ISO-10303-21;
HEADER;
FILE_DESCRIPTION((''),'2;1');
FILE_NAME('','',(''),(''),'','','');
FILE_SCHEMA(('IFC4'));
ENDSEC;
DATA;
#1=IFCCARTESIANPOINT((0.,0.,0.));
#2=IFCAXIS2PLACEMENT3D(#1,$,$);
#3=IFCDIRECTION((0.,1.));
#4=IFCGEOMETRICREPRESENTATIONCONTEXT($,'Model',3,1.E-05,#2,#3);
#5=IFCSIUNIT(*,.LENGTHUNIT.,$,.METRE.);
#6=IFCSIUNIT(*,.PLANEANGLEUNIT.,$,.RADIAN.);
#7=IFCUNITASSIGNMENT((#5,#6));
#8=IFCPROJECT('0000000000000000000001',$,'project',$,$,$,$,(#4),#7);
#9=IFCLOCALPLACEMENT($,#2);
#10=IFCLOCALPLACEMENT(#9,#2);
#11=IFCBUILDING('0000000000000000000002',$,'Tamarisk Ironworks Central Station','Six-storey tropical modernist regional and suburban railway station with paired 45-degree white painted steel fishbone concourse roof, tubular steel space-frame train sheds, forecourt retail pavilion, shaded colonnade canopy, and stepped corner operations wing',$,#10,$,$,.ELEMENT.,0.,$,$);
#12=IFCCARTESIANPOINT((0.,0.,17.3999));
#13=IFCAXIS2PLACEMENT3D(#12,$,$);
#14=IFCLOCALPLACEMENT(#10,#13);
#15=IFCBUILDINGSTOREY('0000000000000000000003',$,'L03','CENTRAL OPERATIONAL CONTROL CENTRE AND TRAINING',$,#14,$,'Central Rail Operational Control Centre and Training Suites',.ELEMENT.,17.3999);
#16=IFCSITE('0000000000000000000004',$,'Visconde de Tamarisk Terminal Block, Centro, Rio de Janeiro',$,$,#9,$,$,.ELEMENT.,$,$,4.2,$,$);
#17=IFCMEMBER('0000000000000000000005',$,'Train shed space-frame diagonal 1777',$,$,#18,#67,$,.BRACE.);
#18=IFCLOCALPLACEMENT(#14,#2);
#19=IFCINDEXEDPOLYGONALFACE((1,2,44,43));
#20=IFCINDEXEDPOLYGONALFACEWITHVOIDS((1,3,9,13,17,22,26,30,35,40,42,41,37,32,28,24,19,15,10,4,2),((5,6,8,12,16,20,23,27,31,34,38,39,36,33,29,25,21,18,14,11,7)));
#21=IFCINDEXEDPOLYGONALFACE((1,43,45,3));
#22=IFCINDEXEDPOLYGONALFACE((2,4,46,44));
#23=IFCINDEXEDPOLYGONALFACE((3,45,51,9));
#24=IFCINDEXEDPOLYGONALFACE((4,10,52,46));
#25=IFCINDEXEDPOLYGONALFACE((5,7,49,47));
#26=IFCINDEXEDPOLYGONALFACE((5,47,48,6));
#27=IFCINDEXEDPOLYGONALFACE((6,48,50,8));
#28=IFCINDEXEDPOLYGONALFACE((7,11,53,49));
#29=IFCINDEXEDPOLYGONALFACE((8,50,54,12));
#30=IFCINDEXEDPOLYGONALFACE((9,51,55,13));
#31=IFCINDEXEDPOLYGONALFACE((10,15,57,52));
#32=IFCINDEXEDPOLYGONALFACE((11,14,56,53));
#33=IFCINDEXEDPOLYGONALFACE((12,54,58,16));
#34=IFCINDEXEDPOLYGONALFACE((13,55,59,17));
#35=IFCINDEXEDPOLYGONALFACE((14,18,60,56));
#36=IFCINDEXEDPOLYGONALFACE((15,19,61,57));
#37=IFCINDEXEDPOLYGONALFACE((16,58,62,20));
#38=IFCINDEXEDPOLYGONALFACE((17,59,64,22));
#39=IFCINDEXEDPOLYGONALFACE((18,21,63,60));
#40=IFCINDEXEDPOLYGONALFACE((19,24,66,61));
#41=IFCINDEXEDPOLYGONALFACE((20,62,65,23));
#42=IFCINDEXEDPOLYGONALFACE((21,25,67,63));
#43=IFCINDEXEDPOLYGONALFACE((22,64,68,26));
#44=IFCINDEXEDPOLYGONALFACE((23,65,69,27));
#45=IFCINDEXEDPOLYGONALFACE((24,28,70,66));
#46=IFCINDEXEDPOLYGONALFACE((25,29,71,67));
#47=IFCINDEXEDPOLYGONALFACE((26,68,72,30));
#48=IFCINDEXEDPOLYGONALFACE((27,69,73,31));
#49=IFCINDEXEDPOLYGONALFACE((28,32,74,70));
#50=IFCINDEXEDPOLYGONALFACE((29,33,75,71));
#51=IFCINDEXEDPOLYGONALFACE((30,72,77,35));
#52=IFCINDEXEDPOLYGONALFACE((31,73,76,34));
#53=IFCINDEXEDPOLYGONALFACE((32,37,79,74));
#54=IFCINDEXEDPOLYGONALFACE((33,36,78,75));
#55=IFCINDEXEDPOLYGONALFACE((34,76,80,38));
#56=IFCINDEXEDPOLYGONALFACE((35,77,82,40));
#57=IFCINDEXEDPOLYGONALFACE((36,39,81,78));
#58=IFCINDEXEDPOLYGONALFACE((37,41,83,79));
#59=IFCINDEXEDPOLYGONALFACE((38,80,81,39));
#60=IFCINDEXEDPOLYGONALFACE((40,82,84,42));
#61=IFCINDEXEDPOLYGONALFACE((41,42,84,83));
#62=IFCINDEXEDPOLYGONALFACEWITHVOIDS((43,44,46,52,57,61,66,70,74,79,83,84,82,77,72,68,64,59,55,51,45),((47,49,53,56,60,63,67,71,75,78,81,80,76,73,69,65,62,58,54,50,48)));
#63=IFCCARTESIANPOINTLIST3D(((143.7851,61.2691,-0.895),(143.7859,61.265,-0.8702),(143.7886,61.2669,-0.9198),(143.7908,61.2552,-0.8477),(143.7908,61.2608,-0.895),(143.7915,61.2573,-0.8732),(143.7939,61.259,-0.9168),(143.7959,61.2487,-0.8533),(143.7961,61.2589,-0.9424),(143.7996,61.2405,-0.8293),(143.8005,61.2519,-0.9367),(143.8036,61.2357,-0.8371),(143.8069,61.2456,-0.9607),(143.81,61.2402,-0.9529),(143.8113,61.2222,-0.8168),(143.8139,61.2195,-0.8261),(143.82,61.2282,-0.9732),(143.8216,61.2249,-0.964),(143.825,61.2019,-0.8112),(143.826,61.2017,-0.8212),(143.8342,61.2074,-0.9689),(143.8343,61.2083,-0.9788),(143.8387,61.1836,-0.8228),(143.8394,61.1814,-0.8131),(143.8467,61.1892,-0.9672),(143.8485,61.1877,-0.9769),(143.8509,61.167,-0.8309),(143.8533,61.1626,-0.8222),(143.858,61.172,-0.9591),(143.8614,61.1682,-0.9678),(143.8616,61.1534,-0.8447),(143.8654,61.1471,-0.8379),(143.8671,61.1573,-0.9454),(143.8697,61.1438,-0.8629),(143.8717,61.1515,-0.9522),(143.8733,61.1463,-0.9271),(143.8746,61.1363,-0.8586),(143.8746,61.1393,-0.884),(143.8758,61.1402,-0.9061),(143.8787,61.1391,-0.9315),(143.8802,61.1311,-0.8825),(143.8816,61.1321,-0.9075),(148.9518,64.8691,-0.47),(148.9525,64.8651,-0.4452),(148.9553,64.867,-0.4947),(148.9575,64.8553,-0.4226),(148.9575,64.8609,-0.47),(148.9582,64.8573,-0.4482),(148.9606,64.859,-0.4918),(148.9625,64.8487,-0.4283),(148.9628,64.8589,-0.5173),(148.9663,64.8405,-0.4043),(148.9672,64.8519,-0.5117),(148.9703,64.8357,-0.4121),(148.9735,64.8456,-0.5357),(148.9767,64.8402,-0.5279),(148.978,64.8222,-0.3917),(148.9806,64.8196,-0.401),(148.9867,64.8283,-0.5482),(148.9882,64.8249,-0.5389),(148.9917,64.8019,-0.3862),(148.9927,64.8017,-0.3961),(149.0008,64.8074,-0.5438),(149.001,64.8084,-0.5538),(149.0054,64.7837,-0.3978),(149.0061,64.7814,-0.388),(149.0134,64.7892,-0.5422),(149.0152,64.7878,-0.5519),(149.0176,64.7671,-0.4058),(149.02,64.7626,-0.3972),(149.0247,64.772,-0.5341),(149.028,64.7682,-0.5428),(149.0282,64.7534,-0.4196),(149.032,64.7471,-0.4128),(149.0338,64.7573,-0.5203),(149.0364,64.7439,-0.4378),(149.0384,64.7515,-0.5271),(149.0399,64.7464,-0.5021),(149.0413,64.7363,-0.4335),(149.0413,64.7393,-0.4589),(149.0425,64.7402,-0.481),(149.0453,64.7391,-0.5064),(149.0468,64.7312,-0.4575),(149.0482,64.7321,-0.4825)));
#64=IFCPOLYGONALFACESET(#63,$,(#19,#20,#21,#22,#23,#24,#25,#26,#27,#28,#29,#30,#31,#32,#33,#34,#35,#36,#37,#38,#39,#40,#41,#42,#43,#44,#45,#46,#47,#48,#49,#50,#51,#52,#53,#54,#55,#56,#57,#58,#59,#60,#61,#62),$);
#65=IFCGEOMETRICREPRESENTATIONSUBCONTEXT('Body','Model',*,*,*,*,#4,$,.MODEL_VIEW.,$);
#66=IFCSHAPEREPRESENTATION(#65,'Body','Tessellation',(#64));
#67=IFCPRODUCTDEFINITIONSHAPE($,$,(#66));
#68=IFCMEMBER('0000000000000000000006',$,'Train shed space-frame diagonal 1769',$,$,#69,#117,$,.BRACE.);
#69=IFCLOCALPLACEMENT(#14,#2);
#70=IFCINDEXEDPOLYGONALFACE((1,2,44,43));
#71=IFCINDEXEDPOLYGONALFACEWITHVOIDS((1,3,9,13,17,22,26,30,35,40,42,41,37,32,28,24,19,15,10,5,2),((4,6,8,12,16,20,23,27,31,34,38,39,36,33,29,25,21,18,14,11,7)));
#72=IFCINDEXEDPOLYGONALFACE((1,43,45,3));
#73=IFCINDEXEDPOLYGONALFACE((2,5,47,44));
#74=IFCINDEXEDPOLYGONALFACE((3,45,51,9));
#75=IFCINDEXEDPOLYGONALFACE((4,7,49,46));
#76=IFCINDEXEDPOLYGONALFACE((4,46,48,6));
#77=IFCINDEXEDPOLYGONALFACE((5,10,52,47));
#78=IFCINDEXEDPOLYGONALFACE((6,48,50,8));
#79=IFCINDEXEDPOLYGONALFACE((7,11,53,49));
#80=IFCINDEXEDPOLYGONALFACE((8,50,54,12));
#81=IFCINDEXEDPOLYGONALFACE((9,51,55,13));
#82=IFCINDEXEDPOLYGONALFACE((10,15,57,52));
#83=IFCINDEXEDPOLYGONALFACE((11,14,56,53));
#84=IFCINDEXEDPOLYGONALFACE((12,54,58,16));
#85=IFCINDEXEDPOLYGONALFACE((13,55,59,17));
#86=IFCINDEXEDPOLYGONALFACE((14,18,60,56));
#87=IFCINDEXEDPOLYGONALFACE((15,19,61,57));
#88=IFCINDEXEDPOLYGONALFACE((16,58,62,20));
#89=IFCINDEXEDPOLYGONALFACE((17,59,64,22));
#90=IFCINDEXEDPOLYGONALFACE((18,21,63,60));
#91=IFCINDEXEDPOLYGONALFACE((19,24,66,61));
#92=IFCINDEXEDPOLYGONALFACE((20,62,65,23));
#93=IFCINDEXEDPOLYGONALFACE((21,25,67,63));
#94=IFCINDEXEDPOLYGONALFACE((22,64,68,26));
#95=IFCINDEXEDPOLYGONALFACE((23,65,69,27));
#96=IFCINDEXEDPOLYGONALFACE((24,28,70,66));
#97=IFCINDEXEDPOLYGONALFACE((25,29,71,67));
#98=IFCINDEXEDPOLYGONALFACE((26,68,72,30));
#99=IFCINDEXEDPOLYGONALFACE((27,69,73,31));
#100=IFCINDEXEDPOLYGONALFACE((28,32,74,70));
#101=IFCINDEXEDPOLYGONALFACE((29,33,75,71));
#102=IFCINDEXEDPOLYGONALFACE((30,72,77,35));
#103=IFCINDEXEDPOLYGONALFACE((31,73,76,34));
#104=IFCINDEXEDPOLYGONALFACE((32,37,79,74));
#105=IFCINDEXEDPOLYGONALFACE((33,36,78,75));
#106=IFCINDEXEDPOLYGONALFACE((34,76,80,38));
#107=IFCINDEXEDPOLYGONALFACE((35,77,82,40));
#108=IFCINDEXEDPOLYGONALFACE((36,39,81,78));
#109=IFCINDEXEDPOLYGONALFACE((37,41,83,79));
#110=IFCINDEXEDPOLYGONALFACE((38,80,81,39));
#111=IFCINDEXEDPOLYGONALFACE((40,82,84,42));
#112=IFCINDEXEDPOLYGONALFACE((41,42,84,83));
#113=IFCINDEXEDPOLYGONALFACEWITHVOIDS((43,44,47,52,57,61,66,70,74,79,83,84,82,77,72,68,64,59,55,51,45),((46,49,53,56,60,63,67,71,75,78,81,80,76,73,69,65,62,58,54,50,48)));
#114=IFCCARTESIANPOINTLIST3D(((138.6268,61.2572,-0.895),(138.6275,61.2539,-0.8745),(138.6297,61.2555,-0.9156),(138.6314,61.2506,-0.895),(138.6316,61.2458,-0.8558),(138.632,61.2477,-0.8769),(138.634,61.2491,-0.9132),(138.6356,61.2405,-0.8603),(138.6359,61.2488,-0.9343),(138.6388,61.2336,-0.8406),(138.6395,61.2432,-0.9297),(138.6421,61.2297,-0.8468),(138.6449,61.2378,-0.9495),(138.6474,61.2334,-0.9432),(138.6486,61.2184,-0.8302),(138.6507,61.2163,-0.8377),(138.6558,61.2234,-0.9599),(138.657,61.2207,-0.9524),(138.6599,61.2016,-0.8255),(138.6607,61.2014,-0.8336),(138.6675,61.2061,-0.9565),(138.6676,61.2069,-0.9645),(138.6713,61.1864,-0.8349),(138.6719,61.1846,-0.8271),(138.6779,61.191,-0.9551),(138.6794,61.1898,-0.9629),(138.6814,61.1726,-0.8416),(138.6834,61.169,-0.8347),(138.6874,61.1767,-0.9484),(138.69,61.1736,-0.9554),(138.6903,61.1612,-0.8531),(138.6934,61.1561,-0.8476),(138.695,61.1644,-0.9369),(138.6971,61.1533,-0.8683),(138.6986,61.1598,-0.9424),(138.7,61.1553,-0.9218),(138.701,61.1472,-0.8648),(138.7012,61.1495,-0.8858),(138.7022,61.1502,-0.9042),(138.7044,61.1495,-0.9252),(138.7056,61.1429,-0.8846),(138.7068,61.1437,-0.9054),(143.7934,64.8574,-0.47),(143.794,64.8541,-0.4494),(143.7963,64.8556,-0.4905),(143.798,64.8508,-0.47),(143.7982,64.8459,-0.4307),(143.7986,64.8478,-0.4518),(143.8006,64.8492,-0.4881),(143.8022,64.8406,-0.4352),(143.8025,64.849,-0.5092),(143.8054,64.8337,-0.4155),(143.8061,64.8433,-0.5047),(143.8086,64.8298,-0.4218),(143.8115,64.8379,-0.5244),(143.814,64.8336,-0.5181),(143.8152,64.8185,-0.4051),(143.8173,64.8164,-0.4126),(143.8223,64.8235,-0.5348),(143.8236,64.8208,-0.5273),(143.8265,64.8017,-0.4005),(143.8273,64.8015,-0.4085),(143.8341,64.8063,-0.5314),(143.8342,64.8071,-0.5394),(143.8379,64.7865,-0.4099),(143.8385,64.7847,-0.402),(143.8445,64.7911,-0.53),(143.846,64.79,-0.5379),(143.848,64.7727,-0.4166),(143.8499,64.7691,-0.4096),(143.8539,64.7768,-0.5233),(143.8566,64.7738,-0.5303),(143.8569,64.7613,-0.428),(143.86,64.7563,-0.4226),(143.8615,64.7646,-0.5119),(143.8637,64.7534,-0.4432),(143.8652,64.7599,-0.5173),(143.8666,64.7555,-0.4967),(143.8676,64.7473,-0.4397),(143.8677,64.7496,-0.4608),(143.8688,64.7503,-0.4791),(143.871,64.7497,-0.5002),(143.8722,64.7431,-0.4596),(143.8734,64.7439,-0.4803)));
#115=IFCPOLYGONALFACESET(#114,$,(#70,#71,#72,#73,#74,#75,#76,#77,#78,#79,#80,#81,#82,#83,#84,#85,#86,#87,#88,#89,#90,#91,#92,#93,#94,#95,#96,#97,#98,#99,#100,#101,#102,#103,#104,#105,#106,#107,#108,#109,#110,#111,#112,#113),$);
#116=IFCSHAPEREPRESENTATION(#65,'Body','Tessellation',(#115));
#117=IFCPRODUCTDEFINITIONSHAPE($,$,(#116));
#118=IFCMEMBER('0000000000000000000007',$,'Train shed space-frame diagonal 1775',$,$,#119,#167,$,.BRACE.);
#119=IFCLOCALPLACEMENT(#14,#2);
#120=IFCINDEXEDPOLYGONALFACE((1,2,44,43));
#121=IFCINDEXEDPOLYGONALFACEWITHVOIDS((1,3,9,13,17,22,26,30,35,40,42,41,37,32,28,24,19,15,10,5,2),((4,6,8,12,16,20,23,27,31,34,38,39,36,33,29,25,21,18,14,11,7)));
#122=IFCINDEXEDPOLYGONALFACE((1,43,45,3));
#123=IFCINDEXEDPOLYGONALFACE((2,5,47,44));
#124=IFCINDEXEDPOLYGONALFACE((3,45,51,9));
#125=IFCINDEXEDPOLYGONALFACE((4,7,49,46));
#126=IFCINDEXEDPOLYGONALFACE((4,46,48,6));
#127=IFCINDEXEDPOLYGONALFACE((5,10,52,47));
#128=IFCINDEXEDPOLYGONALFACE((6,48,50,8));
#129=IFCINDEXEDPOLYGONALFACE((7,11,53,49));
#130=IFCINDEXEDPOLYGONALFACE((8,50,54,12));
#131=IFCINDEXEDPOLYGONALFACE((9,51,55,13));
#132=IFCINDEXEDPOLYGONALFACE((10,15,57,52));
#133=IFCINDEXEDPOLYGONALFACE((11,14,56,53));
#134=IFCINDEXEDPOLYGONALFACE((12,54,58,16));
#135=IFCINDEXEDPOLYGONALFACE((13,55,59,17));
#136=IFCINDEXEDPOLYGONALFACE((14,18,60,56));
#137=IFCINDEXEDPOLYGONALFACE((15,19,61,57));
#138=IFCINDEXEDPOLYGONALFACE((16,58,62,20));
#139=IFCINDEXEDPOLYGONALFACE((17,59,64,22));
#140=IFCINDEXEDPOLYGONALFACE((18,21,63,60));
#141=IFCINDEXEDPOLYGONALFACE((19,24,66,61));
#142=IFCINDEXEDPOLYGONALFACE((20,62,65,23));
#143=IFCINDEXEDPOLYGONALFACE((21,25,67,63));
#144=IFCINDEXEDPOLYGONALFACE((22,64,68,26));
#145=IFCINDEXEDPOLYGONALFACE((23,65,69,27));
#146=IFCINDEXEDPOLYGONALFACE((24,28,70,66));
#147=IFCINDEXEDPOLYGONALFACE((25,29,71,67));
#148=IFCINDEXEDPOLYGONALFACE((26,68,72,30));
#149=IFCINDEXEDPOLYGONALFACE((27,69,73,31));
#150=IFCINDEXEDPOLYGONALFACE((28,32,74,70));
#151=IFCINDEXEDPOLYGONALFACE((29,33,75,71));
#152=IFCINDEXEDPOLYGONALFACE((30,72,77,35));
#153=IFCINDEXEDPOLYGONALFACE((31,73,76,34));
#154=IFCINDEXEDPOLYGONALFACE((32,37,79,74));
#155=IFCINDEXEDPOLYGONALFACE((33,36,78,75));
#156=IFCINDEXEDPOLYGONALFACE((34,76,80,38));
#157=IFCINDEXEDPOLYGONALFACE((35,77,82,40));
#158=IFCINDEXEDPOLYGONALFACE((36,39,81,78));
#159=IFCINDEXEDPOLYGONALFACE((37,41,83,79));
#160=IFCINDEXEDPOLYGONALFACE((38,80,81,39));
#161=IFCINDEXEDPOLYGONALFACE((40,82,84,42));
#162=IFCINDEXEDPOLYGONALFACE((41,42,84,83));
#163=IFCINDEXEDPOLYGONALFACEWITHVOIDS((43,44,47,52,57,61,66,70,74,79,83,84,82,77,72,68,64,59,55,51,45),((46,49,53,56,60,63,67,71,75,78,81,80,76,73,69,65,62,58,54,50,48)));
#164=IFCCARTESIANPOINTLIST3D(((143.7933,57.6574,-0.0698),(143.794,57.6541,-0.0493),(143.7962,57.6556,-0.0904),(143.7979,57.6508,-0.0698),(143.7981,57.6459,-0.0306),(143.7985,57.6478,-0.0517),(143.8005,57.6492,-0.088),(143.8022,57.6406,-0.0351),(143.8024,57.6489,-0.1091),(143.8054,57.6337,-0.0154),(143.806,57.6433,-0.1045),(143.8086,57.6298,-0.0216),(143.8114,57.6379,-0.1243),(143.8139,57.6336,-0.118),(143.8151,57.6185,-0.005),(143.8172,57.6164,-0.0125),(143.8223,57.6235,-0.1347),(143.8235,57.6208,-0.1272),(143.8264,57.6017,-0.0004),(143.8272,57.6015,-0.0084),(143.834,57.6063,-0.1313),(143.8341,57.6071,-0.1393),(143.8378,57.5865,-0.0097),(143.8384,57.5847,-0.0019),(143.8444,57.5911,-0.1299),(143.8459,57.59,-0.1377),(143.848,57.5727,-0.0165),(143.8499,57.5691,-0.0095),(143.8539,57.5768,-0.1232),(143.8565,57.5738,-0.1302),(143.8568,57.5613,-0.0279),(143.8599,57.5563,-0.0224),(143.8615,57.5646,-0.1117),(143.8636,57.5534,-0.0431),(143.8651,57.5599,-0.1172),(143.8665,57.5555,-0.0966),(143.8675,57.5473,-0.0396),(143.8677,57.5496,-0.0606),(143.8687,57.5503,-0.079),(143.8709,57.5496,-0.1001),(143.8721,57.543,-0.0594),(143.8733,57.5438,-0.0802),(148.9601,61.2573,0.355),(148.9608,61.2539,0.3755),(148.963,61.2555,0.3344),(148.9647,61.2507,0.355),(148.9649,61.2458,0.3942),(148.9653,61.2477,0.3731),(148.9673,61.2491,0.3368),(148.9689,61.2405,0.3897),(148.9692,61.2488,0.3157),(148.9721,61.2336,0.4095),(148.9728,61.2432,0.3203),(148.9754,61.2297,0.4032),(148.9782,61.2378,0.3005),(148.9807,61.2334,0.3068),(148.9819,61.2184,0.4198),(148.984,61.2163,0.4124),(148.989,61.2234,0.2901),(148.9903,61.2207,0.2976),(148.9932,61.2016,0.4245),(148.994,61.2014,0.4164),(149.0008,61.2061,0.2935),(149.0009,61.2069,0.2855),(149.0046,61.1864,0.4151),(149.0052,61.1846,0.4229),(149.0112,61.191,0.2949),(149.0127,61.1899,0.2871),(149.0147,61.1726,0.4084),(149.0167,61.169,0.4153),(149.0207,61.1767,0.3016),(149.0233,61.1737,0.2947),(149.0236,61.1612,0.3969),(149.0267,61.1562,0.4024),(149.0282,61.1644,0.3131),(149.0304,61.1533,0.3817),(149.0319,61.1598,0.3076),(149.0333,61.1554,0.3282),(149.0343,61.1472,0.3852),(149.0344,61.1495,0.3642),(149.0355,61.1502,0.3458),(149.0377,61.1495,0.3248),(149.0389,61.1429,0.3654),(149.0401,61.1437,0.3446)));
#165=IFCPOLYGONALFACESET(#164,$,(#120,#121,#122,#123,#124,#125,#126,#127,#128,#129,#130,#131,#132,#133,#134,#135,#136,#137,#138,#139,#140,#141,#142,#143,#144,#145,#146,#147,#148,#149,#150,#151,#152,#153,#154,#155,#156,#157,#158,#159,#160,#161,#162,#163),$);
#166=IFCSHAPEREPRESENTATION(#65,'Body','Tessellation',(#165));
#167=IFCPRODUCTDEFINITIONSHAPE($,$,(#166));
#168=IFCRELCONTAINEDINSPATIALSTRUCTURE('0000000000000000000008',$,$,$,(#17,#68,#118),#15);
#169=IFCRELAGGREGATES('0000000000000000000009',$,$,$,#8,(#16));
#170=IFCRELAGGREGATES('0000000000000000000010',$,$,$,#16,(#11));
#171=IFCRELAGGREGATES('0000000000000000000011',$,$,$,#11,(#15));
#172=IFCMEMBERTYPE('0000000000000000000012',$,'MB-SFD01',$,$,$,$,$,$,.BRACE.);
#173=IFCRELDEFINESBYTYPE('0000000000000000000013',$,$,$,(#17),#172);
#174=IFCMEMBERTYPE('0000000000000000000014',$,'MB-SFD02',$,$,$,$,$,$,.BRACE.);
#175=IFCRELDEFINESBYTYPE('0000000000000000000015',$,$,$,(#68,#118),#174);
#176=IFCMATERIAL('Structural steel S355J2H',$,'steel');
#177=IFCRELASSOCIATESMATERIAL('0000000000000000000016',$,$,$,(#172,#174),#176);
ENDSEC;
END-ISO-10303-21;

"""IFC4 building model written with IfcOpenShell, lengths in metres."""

from ifc_helpers import new_model, si_unit, direction, frame, origin, origin_2d, place, context, subcontext, project, spatial, hollow_circle, extrude, material, material_profile, profile_set, type_object, element, save


model = new_model("IFC4")

# Units and contexts
model_context = context("Model", 3, precision=1e-05, world=origin(), true_north=direction((0.0, 1.0)))
body_context = subcontext(model_context, "Body", "Model", "MODEL_VIEW")
ifc_project = project(units=[si_unit("LENGTHUNIT", "METRE"), si_unit("PLANEANGLEUNIT", "RADIAN")], contexts=[model_context])

# Site, building, storey
site_placement = place(None, origin())
site = spatial("IfcSite", under=ifc_project, at=site_placement, Name="Visconde de Tamarisk Terminal Block, Centro, Rio de Janeiro", CompositionType="ELEMENT", RefElevation=4.2)
building_placement = place(site_placement, origin())
building = spatial("IfcBuilding", under=site, at=building_placement, Name="Tamarisk Ironworks Central Station", Description="Six-storey tropical modernist regional and suburban railway station with paired 45-degree white painted steel fishbone concourse roof, tubular steel space-frame train sheds, forecourt retail pavilion, shaded colonnade canopy, and stepped corner operations wing", CompositionType="ELEMENT", ElevationOfRefHeight=0.0)
storey_placement = place(building_placement, frame((0.0, 0.0, 17.3999)))
storey = spatial("IfcBuildingStorey", under=building, at=storey_placement, Name="L03", Description="CENTRAL OPERATIONAL CONTROL CENTRE AND TRAINING", LongName="Central Rail Operational Control Centre and Training Suites", CompositionType="ELEMENT", Elevation=17.3999)

# Members
ifc_material = material(Name="Structural steel S355J2H", Category="steel")
ifc_material_profile_1 = material_profile(ifc_material, hollow_circle(Radius=0.0842, WallThickness=0.01, at=origin_2d()), Name="CHS 168.3x10")
ifc_profile_set_1 = profile_set([ifc_material_profile_1], Name="Structural steel S355J2H")
member_type_1 = type_object("IfcMemberType", Name="MB-SFD01", PredefinedType="BRACE", material=ifc_profile_set_1)
member_1_placement = place(storey_placement, frame((143.8333, 61.2, -0.895), z_axis=(0.818608, 0.570391, 0.067344), x_axis=(-0.571689, 0.82047, 0.0)))
element("IfcMember", 1, at=member_1_placement, inside=storey, type_object=member_type_1, Name="Train shed space-frame diagonal 1777", PredefinedType="BRACE", context=body_context, shape_type="SweptSolid", body=[
    extrude(hollow_circle(Radius=0.0842, WallThickness=0.01, at=origin_2d()), origin(), (0.0, 0.0, 1.0), 6.3115),
])
ifc_material_profile_2 = material_profile(ifc_material, hollow_circle(Radius=0.0698, WallThickness=0.0081, at=origin_2d()), Name="CHS 139.7x8")
ifc_profile_set_2 = profile_set([ifc_material_profile_2], Name="Structural steel S355J2H")
member_type_2 = type_object("IfcMemberType", Name="MB-SFD02", PredefinedType="BRACE", material=ifc_profile_set_2)
for number, where, z_axis, x_axis, name in (
    (2, (138.6667, 61.2, -0.895), (0.818595, 0.570409, 0.067346), (-0.571707, 0.820458, 0.0), "Train shed space-frame diagonal 1769"),
    (3, (143.8333, 57.6001, -0.0698), (0.818628, 0.570367, 0.067307), (-0.571663, 0.820489, 0.0), "Train shed space-frame diagonal 1775"),
):
    element("IfcMember", number, at=place(storey_placement, frame(where, z_axis=z_axis, x_axis=x_axis)), inside=storey, type_object=member_type_2, Name=name, PredefinedType="BRACE", context=body_context, shape_type="SweptSolid", body=[
        extrude(hollow_circle(Radius=0.0698, WallThickness=0.0081, at=origin_2d()), origin(), (0.0, 0.0, 1.0), 6.3115),
    ])

save(model, "model.ifc")
